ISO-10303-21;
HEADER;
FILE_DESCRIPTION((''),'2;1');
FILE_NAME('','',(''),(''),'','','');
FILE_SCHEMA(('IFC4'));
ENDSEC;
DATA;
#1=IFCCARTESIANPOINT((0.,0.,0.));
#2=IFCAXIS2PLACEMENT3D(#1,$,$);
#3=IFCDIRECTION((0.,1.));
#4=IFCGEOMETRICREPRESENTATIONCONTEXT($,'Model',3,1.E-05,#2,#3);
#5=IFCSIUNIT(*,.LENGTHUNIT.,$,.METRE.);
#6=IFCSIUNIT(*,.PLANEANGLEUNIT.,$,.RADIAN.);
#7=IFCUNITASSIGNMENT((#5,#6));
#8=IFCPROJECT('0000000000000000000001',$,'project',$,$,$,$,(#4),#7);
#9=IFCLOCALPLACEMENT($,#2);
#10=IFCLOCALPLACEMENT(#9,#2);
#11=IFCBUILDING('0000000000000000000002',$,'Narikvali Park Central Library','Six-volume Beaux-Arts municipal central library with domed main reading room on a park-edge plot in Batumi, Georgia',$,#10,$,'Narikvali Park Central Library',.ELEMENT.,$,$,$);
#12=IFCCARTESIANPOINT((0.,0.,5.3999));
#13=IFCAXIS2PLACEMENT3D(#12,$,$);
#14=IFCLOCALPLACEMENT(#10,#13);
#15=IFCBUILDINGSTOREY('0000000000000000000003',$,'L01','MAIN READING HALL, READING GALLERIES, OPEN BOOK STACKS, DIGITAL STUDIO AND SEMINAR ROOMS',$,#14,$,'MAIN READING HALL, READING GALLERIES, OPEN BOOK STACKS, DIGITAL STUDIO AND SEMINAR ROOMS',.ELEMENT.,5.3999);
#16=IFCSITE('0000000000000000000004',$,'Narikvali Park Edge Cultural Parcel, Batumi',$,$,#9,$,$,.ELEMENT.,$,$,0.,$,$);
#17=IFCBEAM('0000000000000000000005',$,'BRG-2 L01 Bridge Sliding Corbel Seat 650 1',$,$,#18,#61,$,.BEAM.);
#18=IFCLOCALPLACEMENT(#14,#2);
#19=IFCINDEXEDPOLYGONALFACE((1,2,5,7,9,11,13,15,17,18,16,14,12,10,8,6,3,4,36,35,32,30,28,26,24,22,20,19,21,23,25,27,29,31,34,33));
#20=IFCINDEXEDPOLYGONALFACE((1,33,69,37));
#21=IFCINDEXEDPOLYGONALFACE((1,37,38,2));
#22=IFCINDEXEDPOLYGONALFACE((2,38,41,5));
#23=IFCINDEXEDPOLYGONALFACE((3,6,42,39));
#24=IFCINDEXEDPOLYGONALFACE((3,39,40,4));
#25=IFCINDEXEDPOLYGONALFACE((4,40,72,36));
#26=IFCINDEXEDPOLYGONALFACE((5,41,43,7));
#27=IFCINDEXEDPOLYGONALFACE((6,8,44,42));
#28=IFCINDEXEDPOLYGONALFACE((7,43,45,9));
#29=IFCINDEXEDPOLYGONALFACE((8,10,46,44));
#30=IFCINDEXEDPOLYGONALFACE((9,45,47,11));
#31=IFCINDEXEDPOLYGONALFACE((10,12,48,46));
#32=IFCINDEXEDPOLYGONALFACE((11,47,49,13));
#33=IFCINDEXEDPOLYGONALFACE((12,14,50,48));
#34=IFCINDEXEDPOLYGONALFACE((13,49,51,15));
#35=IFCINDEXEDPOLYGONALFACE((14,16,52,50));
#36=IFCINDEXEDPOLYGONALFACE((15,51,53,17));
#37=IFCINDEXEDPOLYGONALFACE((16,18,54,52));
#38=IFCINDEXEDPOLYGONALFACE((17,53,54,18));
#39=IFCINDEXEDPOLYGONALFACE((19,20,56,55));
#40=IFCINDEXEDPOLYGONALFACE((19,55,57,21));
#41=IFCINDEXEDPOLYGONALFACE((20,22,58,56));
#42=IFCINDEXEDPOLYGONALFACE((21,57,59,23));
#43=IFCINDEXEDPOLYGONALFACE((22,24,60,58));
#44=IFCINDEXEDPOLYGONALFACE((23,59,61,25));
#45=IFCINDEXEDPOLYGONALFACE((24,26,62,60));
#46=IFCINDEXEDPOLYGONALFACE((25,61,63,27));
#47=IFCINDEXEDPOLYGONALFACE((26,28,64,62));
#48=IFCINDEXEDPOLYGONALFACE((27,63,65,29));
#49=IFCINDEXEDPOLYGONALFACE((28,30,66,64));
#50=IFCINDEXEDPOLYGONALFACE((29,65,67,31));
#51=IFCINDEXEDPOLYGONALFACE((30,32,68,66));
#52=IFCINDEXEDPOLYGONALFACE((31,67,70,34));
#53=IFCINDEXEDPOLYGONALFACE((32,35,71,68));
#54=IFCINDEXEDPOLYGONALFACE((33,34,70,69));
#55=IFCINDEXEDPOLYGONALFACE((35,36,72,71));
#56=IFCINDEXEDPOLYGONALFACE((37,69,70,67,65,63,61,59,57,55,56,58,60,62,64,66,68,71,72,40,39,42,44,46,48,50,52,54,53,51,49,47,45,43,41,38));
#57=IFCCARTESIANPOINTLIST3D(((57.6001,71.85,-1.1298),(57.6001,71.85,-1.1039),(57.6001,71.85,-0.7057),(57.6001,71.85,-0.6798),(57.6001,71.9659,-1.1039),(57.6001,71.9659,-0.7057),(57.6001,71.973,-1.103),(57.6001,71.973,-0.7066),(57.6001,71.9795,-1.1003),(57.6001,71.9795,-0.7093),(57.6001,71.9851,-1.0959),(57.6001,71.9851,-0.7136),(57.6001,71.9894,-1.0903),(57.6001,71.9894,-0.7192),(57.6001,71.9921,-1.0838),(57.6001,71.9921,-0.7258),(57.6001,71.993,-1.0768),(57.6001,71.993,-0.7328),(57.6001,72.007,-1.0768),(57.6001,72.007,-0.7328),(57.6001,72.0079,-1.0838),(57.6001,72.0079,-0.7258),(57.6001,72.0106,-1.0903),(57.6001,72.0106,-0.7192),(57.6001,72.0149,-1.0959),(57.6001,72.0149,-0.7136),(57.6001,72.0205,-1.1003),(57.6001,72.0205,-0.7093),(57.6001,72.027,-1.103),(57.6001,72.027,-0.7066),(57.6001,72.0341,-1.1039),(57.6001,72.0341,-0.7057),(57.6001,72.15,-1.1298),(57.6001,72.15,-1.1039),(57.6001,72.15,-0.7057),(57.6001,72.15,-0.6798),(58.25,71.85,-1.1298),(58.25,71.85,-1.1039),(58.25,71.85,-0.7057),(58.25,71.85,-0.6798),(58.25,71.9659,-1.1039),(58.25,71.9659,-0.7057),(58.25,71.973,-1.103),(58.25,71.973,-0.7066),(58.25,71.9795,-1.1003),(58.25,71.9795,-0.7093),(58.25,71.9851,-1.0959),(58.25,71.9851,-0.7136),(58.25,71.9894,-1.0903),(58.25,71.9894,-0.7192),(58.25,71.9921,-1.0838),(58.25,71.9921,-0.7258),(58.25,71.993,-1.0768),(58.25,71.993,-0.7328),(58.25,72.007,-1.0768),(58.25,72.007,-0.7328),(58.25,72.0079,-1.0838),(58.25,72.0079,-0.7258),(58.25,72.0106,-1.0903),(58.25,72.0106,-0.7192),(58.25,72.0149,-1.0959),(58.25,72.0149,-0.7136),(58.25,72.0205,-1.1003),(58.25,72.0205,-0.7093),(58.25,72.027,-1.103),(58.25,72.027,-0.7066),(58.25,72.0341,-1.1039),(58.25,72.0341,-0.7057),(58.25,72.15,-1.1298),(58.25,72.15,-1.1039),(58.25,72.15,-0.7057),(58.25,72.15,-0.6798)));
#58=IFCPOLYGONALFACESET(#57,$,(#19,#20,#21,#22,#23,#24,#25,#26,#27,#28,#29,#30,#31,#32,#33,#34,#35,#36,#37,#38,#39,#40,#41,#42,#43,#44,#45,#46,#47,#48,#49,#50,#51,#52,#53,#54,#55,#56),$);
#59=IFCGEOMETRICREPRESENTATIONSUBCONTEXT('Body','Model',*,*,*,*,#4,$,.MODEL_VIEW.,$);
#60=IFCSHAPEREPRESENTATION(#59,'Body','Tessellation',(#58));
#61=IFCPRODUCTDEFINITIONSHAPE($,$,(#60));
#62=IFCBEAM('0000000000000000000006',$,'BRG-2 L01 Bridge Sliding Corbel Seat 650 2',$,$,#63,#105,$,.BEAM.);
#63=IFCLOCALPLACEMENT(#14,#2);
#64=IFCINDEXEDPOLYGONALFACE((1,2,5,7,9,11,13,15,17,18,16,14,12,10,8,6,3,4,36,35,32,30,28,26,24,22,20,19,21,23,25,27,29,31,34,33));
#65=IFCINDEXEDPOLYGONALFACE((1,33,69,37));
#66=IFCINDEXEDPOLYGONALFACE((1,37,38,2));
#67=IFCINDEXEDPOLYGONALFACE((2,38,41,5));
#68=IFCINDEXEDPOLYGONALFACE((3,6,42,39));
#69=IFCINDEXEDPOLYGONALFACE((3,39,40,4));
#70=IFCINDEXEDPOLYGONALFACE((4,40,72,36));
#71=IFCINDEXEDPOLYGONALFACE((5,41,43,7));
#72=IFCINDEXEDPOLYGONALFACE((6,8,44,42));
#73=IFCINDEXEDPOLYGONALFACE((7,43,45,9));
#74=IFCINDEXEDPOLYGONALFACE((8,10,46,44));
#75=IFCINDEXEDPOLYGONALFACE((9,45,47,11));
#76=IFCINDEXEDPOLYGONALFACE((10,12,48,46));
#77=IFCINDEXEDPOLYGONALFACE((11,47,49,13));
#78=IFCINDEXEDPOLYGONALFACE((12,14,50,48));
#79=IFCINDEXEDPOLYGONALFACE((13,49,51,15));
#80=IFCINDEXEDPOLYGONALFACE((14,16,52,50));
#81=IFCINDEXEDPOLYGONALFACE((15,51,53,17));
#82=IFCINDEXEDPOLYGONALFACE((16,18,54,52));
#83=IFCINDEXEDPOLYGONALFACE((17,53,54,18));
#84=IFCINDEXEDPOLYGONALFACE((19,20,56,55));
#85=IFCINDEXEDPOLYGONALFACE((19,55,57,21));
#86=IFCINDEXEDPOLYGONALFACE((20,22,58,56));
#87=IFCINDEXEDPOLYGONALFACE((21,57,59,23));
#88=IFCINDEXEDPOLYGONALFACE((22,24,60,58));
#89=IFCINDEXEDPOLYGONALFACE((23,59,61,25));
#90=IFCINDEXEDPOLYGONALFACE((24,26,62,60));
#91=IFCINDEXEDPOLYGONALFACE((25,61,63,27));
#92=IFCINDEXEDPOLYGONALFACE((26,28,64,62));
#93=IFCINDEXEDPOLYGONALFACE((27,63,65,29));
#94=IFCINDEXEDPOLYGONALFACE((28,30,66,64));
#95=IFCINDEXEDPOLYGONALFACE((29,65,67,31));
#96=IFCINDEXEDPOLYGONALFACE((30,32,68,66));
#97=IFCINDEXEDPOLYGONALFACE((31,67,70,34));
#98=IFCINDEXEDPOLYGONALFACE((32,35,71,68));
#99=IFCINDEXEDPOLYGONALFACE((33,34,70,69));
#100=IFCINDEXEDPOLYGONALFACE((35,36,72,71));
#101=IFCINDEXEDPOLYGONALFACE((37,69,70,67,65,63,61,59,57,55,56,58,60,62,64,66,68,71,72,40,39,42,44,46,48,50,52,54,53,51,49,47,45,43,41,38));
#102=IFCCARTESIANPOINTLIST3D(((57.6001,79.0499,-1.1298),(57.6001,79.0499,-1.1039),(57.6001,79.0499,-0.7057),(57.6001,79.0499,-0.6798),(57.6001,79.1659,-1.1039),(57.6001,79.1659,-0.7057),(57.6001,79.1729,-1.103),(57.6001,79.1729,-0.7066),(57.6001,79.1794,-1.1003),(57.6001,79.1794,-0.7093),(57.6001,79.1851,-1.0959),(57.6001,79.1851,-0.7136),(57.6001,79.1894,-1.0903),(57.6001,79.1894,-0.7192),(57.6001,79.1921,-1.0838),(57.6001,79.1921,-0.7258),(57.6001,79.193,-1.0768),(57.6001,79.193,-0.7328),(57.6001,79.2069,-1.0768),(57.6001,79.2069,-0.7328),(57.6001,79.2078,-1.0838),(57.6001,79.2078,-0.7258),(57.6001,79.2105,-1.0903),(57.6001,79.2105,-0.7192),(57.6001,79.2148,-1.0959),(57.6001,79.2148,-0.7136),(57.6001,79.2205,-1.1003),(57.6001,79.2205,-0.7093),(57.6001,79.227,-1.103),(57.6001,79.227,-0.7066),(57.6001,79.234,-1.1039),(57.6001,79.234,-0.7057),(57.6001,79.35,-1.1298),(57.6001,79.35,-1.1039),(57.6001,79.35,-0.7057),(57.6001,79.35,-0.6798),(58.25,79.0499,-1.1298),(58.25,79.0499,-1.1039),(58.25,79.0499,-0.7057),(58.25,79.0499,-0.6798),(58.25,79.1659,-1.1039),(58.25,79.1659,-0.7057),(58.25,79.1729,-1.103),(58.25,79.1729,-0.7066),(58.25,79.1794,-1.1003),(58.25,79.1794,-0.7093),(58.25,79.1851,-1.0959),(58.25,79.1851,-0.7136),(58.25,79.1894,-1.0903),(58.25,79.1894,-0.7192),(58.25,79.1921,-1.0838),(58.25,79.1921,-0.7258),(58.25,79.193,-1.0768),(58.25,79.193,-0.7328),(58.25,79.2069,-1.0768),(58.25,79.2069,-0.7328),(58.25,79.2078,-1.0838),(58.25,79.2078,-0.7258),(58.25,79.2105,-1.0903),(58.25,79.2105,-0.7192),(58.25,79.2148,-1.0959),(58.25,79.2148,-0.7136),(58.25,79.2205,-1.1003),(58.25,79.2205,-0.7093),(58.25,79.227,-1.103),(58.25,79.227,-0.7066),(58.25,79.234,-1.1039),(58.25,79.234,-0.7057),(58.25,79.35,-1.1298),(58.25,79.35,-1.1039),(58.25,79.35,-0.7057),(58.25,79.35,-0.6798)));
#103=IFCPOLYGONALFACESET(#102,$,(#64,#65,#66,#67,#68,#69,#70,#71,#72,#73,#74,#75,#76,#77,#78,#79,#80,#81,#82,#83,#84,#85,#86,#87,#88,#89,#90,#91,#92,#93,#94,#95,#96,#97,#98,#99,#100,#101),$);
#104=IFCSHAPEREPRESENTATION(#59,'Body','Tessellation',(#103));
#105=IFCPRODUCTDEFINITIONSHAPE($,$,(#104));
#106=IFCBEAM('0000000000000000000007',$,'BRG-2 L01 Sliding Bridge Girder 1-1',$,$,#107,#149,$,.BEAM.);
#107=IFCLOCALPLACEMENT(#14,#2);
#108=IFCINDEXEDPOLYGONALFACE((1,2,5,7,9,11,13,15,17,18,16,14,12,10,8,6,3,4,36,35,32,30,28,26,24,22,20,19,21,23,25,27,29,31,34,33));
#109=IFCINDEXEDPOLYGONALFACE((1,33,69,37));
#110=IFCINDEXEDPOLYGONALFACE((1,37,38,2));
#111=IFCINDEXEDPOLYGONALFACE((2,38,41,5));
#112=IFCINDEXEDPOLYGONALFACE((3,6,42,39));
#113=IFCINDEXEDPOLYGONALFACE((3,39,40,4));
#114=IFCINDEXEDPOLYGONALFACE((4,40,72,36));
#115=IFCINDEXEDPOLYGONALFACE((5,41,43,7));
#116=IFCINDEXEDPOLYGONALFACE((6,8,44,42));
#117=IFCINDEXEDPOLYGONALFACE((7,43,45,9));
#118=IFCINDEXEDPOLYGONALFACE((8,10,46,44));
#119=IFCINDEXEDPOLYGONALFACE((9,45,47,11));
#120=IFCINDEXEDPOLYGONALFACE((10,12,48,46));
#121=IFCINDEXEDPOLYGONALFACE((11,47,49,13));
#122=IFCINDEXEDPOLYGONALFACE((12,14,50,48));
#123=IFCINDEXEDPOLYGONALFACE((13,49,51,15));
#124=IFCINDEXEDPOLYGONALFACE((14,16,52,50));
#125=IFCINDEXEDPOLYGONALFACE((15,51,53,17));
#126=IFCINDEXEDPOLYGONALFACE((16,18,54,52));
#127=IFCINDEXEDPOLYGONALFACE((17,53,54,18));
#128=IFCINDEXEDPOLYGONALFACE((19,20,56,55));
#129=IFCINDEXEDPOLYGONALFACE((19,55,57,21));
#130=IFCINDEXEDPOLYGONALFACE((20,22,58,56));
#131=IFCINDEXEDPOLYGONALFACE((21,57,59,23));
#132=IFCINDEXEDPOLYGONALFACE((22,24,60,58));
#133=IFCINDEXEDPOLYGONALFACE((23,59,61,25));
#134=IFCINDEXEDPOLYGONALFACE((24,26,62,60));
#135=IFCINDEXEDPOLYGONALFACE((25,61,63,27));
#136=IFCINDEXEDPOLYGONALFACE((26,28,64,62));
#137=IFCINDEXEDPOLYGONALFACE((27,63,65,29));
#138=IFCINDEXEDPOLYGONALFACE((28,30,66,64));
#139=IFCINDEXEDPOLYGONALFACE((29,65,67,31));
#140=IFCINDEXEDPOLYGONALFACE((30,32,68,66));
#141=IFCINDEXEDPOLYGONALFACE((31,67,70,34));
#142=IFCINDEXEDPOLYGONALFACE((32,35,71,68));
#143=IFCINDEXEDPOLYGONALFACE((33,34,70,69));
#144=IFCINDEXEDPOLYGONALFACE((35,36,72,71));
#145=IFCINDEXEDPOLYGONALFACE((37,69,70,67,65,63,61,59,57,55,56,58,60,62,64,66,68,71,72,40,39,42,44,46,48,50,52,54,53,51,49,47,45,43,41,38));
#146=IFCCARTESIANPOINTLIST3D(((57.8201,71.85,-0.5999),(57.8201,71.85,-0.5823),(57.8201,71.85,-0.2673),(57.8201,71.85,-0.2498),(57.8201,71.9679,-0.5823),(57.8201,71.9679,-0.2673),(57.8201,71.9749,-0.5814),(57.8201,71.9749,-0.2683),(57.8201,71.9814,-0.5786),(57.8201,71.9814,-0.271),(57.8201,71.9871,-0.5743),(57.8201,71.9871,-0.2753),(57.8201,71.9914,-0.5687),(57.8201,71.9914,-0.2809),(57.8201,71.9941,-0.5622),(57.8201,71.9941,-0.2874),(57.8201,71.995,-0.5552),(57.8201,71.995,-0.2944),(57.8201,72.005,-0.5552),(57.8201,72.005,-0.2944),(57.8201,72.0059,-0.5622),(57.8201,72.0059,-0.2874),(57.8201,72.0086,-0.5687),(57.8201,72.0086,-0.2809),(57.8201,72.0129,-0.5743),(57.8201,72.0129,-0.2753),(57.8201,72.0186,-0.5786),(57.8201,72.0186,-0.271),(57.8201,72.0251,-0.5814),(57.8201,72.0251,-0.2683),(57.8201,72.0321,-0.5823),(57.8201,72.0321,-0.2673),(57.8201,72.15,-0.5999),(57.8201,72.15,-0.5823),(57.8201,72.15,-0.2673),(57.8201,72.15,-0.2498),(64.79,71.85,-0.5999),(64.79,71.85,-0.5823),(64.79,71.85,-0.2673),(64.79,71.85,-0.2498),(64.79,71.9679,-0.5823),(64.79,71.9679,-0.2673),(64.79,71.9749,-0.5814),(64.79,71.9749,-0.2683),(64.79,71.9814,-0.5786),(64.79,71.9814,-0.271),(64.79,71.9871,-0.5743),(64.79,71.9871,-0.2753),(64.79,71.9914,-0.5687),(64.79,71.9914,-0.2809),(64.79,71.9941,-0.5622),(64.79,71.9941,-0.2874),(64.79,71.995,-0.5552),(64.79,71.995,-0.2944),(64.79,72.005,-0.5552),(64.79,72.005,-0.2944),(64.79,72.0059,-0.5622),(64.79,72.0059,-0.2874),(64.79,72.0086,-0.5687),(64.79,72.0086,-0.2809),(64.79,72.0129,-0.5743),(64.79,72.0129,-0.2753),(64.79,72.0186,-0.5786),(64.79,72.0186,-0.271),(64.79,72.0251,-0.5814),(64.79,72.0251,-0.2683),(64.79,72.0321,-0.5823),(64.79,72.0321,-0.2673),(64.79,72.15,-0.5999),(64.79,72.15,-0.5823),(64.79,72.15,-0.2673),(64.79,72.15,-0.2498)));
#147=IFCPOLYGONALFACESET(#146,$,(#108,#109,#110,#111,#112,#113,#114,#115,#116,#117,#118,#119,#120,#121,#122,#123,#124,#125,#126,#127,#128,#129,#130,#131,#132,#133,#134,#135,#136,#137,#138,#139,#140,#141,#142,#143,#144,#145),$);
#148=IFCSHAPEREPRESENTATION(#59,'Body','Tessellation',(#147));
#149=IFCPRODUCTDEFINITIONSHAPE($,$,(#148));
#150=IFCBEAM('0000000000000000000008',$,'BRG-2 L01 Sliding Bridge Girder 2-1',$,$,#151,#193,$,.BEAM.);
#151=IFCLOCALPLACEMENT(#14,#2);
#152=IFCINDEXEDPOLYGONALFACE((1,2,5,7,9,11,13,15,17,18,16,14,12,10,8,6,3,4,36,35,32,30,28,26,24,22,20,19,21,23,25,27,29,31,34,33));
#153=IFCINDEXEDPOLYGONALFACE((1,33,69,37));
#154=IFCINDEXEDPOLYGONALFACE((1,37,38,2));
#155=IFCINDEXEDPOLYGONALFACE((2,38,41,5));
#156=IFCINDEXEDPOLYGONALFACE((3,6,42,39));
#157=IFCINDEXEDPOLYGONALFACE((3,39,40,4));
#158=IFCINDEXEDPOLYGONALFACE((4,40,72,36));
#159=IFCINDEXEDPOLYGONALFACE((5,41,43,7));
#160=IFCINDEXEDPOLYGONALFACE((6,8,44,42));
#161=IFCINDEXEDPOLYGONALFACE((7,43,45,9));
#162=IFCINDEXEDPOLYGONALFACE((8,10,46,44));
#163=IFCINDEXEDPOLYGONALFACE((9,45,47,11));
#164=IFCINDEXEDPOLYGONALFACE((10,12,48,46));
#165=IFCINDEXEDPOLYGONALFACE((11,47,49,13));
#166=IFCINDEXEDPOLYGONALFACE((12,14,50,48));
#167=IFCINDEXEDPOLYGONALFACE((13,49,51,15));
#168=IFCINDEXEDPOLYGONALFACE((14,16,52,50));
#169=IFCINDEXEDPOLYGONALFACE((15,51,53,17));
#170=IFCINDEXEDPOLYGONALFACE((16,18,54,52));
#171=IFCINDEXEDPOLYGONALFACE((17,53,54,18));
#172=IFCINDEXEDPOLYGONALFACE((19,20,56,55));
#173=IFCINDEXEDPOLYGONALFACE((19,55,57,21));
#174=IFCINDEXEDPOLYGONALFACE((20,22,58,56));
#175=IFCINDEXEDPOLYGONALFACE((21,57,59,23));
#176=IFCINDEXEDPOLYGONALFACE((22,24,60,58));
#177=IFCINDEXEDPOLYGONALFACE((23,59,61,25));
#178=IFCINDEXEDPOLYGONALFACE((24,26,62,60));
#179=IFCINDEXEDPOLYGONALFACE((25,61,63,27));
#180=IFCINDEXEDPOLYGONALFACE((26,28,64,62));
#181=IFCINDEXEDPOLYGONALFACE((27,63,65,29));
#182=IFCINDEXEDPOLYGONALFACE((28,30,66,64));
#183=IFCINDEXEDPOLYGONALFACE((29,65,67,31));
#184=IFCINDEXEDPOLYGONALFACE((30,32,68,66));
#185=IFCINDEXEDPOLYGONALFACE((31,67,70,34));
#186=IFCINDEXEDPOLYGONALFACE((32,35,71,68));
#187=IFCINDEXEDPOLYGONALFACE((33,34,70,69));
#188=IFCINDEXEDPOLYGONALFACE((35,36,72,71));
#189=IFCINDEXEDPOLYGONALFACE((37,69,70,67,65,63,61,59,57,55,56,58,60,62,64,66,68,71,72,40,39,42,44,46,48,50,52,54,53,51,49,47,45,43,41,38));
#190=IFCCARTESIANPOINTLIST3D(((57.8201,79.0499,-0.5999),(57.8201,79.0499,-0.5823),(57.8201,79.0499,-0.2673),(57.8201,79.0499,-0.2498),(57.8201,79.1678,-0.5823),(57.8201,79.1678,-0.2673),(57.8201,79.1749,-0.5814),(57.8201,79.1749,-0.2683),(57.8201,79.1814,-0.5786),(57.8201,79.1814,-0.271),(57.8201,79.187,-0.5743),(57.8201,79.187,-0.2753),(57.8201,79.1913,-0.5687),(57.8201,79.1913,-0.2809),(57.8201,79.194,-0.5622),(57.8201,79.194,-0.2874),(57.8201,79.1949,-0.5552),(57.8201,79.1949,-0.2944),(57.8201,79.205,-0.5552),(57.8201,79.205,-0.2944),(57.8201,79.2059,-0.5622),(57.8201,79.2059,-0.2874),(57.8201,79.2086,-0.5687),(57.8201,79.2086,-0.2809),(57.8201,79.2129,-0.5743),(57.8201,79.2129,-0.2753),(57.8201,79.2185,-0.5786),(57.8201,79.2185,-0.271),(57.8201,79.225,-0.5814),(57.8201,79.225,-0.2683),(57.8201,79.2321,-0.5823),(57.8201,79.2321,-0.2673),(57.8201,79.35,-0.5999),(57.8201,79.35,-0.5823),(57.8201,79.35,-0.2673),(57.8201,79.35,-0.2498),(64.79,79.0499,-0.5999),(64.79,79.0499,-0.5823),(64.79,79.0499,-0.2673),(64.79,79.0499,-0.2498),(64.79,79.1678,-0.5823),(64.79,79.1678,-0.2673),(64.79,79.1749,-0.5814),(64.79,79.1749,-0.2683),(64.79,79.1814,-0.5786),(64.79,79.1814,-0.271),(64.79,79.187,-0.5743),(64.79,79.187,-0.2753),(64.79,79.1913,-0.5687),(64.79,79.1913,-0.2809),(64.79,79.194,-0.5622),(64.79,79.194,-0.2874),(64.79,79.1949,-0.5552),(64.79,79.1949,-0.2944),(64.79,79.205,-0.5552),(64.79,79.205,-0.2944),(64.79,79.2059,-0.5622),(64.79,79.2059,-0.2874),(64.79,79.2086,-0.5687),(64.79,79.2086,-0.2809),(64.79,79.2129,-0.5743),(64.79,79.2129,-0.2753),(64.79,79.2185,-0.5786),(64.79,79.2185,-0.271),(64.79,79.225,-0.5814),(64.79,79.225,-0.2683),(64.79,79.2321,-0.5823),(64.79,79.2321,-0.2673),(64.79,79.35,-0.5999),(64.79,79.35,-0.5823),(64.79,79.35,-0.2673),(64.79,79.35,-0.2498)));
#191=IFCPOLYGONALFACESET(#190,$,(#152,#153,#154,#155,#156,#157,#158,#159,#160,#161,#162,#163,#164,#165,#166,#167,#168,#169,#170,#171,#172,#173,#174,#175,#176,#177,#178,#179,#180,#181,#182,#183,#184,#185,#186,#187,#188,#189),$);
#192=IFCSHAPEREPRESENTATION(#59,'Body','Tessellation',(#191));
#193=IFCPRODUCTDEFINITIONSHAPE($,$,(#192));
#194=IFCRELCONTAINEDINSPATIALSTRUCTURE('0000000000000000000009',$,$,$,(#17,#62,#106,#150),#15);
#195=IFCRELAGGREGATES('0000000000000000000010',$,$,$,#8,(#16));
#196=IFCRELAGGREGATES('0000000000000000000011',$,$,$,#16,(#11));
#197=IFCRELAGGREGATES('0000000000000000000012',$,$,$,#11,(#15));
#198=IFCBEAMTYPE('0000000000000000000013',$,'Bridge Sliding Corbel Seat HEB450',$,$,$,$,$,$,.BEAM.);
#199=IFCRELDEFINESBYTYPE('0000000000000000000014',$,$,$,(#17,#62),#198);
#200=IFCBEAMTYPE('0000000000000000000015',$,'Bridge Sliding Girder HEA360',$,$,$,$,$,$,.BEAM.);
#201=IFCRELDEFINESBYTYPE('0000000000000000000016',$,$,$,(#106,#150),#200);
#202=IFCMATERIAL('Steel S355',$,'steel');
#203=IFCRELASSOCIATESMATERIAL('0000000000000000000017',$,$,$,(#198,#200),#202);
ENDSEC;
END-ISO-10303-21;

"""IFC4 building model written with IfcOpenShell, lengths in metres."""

from ifc_helpers import new_model, si_unit, direction, frame, origin, origin_2d, place, context, subcontext, project, spatial, i_section, extrude, material, material_profile, profile_set, type_object, element, save


model = new_model("IFC4")

# Units and contexts
model_context = context("Model", 3, precision=1e-05, world=origin(), true_north=direction((0.0, 1.0)))
body_context = subcontext(model_context, "Body", "Model", "MODEL_VIEW")
ifc_project = project(units=[si_unit("LENGTHUNIT", "METRE"), si_unit("PLANEANGLEUNIT", "RADIAN")], contexts=[model_context])

# Site, building, storey
site_placement = place(None, origin())
site = spatial("IfcSite", under=ifc_project, at=site_placement, Name="Narikvali Park Edge Cultural Parcel, Batumi", CompositionType="ELEMENT", RefElevation=0.0)
building_placement = place(site_placement, origin())
building = spatial("IfcBuilding", under=site, at=building_placement, Name="Narikvali Park Central Library", Description="Six-volume Beaux-Arts municipal central library with domed main reading room on a park-edge plot in Batumi, Georgia", LongName="Narikvali Park Central Library", CompositionType="ELEMENT")
storey_placement = place(building_placement, frame((0.0, 0.0, 5.3999)))
storey = spatial("IfcBuildingStorey", under=building, at=storey_placement, Name="L01", Description="MAIN READING HALL, READING GALLERIES, OPEN BOOK STACKS, DIGITAL STUDIO AND SEMINAR ROOMS", LongName="MAIN READING HALL, READING GALLERIES, OPEN BOOK STACKS, DIGITAL STUDIO AND SEMINAR ROOMS", CompositionType="ELEMENT", Elevation=5.3999)

# Shared definitions
ifc_material_1 = material(Name="Steel S355", Category="steel")

# Beams
ifc_material_profile_1 = material_profile(ifc_material_1, i_section(OverallWidth=0.3, OverallDepth=0.45, WebThickness=0.0139, FlangeThickness=0.0259, FilletRadius=0.0271, at=origin_2d()), Name="HEB 450")
ifc_profile_set_1 = profile_set([ifc_material_profile_1], Name="Steel S355")
beam_type_1 = type_object("IfcBeamType", Name="Bridge Sliding Corbel Seat HEB450", PredefinedType="BEAM", material=ifc_profile_set_1)
for number, where, z_axis, x_axis, name in (
    (1, (57.6001, 72.0, -0.9048), (1.0, 0.0, 0.0), (0.0, 1.0, 0.0), "BRG-2 L01 Bridge Sliding Corbel Seat 650 1"),
    (2, (57.6001, 79.2, -0.9048), (1.0, 0.0, 0.0), (0.0, 1.0, 0.0), "BRG-2 L01 Bridge Sliding Corbel Seat 650 2"),
):
    element("IfcBeam", number, at=place(storey_placement, frame(where, z_axis=z_axis, x_axis=x_axis)), inside=storey, type_object=beam_type_1, Name=name, PredefinedType="BEAM", context=body_context, shape_type="SweptSolid", body=[
        extrude(i_section(OverallWidth=0.3, OverallDepth=0.45, WebThickness=0.0139, FlangeThickness=0.0259, FilletRadius=0.0271, at=origin_2d()), origin(), (0.0, 0.0, 1.0), 0.6499),
    ])
ifc_material_profile_2 = material_profile(ifc_material_1, i_section(OverallWidth=0.3, OverallDepth=0.3501, WebThickness=0.01, FlangeThickness=0.0176, FilletRadius=0.0271, at=origin_2d()), Name="HEA 360")
ifc_profile_set_2 = profile_set([ifc_material_profile_2], Name="Steel S355")
beam_type_2 = type_object("IfcBeamType", Name="Bridge Sliding Girder HEA360", PredefinedType="BEAM", material=ifc_profile_set_2)
for number, where, z_axis, x_axis, name in (
    (3, (57.8201, 72.0, -0.4248), (1.0, 0.0, 0.0), (0.0, 1.0, 0.0), "BRG-2 L01 Sliding Bridge Girder 1-1"),
    (4, (57.8201, 79.2, -0.4248), (1.0, 0.0, 0.0), (0.0, 1.0, 0.0), "BRG-2 L01 Sliding Bridge Girder 2-1"),
):
    element("IfcBeam", number, at=place(storey_placement, frame(where, z_axis=z_axis, x_axis=x_axis)), inside=storey, type_object=beam_type_2, Name=name, PredefinedType="BEAM", context=body_context, shape_type="SweptSolid", body=[
        extrude(i_section(OverallWidth=0.3, OverallDepth=0.3501, WebThickness=0.01, FlangeThickness=0.0176, FilletRadius=0.0271, at=origin_2d()), origin(), (0.0, 0.0, 1.0), 6.97),
    ])

save(model, "model.ifc")
